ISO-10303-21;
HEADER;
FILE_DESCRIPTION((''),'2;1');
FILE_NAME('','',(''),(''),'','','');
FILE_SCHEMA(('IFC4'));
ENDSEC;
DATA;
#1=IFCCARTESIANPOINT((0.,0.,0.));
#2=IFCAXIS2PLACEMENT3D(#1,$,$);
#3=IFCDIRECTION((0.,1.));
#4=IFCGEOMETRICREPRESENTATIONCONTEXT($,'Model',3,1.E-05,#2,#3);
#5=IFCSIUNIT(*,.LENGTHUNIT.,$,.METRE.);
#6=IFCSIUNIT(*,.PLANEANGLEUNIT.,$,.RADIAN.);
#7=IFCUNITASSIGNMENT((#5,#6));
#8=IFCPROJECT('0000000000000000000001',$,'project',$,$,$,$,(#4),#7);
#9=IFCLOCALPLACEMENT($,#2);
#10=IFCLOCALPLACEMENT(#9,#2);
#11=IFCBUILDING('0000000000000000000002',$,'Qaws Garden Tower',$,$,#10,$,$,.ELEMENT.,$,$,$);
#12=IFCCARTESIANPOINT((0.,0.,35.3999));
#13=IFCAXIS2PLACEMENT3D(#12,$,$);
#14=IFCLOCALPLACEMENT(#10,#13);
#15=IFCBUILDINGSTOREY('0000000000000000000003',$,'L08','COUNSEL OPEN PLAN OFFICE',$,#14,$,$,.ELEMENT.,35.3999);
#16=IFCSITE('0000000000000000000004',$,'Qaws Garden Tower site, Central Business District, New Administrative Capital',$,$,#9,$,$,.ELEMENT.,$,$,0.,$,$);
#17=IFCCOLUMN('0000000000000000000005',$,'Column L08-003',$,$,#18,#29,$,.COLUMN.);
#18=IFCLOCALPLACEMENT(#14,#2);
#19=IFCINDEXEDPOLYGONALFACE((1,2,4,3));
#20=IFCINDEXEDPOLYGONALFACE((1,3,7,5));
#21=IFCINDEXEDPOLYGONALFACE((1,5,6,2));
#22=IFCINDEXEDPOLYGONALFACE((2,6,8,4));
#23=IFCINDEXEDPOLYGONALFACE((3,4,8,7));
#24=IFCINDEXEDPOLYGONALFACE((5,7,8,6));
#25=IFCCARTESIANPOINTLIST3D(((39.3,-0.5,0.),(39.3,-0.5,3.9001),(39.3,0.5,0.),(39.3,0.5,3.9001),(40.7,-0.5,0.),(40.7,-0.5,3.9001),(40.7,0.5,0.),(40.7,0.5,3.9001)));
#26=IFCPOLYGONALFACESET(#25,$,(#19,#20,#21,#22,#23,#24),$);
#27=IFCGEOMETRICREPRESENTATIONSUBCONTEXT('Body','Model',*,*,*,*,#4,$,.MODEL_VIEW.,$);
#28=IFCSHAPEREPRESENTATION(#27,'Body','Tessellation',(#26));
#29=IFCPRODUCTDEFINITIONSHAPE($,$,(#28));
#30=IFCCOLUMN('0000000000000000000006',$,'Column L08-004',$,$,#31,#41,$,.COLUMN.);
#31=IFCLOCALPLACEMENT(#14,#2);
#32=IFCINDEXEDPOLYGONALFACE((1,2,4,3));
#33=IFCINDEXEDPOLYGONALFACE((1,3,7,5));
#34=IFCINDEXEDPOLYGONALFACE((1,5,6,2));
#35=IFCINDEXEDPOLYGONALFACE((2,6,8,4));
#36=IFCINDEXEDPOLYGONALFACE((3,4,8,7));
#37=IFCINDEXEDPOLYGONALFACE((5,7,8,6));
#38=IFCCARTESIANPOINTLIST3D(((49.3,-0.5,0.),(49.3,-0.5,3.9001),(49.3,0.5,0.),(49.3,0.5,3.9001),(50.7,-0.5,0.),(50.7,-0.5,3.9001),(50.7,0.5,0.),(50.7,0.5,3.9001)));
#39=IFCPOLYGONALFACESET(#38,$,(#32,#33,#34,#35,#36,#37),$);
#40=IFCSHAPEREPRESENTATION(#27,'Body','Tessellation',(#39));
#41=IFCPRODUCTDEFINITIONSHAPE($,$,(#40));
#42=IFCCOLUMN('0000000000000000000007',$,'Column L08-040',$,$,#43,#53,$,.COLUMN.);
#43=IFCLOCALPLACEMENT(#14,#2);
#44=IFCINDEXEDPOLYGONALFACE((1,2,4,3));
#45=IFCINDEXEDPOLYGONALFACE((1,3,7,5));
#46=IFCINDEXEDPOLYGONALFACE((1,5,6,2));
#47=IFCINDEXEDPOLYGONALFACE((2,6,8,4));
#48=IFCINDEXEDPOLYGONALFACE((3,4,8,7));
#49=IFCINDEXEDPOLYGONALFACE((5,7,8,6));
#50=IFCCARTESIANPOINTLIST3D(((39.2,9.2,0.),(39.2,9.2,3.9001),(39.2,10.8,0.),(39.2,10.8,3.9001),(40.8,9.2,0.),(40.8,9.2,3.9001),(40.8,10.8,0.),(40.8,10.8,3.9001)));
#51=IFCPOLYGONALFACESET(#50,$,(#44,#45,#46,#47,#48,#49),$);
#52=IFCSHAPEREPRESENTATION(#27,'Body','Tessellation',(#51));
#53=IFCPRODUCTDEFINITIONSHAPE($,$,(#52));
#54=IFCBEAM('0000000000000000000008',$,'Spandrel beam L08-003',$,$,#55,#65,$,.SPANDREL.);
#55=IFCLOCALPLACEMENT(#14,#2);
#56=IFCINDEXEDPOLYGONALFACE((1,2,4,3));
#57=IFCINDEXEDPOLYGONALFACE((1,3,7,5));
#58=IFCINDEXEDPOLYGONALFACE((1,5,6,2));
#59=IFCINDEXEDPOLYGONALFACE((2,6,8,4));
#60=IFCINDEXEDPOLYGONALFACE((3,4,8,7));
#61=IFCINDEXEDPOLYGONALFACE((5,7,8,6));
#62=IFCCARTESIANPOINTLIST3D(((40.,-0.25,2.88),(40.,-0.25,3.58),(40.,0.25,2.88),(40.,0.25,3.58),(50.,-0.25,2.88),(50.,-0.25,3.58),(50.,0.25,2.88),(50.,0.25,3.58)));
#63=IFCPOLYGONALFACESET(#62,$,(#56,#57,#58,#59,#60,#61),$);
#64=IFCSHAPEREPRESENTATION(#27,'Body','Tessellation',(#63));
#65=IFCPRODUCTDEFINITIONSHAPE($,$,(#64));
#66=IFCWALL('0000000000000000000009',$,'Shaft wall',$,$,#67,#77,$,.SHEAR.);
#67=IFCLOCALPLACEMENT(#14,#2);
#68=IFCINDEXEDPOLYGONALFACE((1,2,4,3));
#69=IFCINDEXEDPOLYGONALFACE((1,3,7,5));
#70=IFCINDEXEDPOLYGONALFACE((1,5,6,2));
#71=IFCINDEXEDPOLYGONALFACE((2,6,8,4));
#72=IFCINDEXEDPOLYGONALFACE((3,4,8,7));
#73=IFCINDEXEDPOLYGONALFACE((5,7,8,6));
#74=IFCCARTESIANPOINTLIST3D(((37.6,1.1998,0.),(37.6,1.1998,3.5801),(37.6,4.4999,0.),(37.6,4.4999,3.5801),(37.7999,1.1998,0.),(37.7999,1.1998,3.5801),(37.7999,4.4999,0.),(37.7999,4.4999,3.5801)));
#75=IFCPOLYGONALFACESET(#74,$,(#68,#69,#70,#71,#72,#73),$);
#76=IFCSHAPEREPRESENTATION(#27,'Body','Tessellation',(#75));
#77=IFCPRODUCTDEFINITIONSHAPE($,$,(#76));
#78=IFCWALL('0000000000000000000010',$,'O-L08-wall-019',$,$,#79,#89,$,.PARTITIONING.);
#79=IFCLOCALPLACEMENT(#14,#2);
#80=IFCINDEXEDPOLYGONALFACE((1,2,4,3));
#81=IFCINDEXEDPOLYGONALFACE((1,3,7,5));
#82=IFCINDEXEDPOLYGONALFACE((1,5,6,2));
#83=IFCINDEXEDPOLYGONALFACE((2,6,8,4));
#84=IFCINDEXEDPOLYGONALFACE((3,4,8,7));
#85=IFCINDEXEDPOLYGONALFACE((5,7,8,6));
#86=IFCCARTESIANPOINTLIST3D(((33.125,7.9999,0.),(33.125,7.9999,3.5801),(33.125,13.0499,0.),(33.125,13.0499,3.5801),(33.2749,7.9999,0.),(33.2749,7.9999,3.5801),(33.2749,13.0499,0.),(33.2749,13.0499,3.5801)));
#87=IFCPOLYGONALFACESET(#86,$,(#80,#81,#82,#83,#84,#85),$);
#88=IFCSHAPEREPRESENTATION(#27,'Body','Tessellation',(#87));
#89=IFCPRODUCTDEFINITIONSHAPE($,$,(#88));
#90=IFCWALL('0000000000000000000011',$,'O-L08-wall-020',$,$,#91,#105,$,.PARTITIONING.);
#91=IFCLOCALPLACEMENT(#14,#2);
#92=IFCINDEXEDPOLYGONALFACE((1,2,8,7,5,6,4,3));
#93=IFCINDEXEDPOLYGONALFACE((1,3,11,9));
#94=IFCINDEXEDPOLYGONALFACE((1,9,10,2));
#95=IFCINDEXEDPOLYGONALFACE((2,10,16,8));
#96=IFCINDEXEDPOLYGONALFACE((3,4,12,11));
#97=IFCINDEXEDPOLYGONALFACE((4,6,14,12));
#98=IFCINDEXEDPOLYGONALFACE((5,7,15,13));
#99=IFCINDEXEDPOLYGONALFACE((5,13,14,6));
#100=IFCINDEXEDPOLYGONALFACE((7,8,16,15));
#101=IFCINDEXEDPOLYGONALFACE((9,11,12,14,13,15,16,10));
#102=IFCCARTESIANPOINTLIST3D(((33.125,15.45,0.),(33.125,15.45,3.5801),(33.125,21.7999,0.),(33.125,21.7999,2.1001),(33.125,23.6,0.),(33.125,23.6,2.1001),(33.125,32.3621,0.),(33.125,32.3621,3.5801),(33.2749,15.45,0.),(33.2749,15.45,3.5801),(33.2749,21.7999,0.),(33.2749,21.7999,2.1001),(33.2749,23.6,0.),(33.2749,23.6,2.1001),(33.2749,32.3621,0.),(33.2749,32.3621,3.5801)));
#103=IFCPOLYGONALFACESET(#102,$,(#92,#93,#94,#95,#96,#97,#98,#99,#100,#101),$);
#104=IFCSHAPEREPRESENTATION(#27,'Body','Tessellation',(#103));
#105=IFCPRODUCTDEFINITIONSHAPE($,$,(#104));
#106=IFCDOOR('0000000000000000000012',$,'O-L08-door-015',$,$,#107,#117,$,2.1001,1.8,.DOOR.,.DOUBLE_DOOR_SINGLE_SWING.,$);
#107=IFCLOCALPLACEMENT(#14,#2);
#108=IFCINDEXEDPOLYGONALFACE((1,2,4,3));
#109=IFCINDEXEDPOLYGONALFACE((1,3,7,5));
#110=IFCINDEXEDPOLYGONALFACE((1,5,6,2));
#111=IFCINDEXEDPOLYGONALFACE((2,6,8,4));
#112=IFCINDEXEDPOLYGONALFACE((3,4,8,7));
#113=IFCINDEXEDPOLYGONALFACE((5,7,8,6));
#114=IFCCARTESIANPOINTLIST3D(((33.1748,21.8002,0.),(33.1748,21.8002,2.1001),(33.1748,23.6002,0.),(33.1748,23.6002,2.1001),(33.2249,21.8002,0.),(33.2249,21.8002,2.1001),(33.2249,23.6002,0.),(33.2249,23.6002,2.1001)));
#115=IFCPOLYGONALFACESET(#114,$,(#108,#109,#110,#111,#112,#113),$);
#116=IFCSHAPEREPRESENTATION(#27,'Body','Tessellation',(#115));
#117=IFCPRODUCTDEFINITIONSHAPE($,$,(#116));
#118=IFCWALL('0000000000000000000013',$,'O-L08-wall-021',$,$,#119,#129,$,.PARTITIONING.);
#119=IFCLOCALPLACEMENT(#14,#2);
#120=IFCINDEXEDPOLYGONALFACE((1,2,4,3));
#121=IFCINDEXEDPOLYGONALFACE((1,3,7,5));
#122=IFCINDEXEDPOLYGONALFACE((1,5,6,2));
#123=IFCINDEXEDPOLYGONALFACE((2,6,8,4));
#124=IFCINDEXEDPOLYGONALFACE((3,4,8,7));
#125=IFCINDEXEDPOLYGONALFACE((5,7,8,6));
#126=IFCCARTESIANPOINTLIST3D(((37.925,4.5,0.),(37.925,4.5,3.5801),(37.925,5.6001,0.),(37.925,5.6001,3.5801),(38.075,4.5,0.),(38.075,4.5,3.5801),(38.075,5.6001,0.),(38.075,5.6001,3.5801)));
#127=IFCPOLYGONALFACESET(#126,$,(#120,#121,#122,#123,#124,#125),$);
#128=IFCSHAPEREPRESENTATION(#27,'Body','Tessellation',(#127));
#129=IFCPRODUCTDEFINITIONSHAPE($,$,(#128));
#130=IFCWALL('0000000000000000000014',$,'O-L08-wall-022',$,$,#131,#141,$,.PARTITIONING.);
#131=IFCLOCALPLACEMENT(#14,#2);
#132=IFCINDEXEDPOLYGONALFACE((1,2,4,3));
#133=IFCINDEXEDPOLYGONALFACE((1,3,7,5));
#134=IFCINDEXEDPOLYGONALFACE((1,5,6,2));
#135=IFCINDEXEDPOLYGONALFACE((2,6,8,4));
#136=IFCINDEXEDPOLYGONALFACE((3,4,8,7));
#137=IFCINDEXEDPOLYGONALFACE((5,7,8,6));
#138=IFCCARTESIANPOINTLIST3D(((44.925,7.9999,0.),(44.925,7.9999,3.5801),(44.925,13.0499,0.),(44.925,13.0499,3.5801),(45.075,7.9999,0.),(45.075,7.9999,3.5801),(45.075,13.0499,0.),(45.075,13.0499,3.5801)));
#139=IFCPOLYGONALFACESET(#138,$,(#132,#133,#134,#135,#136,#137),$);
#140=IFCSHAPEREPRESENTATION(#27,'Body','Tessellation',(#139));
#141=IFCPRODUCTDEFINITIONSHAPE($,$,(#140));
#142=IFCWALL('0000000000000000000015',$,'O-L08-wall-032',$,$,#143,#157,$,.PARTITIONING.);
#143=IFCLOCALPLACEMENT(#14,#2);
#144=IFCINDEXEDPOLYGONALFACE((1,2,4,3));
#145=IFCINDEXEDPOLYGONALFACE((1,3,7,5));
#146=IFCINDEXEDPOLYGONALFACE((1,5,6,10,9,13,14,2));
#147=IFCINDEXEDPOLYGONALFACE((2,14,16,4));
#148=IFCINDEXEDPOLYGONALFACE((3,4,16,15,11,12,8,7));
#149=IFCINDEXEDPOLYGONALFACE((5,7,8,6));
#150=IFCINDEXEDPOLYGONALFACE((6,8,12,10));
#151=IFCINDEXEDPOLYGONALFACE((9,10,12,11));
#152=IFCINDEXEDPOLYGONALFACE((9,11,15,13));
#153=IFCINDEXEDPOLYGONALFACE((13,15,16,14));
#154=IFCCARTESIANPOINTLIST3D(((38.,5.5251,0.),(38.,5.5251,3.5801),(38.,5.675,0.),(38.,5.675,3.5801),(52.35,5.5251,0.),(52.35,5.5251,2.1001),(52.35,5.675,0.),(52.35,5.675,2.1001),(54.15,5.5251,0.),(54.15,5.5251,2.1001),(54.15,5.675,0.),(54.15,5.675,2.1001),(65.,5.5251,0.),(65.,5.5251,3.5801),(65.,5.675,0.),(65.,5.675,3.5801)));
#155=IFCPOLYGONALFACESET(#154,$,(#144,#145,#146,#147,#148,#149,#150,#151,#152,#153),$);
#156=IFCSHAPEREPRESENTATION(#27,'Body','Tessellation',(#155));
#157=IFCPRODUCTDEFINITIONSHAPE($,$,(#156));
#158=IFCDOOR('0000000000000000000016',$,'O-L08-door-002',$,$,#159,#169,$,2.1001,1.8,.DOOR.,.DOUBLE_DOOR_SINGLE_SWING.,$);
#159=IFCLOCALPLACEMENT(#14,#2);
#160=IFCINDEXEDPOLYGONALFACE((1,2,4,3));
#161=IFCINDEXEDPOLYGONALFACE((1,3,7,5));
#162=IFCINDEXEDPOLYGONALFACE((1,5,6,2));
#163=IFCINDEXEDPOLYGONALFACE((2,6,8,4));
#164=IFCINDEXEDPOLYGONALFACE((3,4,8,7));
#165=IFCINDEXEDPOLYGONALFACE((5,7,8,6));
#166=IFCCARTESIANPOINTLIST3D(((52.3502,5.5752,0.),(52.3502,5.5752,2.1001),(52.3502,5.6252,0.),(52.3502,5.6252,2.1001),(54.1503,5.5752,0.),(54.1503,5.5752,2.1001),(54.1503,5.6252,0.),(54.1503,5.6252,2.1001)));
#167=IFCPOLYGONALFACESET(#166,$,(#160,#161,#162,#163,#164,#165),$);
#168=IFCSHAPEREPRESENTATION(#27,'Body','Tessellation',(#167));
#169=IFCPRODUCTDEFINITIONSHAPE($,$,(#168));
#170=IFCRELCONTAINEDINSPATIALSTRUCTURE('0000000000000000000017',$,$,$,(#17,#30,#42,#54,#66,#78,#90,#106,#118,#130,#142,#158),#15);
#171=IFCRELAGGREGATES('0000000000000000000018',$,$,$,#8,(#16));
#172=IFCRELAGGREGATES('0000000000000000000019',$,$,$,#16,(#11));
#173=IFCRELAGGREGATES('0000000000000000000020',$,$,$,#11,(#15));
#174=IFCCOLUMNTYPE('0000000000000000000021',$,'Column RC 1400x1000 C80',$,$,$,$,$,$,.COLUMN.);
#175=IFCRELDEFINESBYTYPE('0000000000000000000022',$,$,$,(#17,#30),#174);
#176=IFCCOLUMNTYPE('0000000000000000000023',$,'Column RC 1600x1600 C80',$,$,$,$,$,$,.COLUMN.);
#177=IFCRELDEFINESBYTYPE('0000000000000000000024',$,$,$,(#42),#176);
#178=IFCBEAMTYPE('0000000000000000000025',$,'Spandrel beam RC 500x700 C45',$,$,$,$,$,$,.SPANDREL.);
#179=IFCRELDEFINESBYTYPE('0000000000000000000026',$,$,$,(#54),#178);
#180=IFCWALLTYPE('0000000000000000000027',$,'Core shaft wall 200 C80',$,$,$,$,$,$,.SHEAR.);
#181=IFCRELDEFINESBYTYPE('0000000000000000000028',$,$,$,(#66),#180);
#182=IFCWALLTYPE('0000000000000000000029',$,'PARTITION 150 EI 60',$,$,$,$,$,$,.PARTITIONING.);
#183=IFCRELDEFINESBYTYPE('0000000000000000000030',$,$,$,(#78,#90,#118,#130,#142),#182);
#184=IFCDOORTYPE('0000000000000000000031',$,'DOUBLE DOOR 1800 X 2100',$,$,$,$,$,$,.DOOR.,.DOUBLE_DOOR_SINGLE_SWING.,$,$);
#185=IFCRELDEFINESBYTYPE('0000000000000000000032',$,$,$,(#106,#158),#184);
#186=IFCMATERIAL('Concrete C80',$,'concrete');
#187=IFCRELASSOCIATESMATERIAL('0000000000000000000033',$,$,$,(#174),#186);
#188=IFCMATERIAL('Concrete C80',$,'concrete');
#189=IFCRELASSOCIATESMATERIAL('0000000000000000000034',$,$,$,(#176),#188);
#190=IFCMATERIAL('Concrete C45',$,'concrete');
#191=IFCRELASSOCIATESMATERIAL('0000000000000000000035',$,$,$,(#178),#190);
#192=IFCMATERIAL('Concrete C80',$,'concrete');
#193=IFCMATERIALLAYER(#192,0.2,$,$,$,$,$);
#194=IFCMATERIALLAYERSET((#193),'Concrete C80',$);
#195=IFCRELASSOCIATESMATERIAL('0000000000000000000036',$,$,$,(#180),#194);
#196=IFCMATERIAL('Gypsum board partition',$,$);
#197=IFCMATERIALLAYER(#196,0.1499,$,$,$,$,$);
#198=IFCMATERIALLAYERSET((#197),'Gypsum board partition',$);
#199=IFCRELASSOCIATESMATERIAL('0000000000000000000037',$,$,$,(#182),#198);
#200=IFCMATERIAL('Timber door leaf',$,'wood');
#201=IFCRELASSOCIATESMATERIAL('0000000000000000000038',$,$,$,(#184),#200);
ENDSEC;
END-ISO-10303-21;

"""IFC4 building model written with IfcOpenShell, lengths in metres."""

from ifc_helpers import new_model, si_unit, direction, frame, frame_2d, origin, origin_2d, place, context, subcontext, project, spatial, rectangle, extrude, material, layer, layer_set, material_profile, profile_set, type_object, element, fill, save


model = new_model("IFC4")

# Units and contexts
model_context = context("Model", 3, precision=1e-05, world=origin(), true_north=direction((0.0, 1.0)))
body_context = subcontext(model_context, "Body", "Model", "MODEL_VIEW")
ifc_project = project(units=[si_unit("LENGTHUNIT", "METRE"), si_unit("PLANEANGLEUNIT", "RADIAN")], contexts=[model_context])

# Site, building, storey
site_placement = place(None, origin())
site = spatial("IfcSite", under=ifc_project, at=site_placement, Name="Qaws Garden Tower site, Central Business District, New Administrative Capital", CompositionType="ELEMENT", RefElevation=0.0)
building_placement = place(site_placement, origin())
building = spatial("IfcBuilding", under=site, at=building_placement, Name="Qaws Garden Tower", CompositionType="ELEMENT")
storey_placement = place(building_placement, frame((0.0, 0.0, 35.3999)))
storey = spatial("IfcBuildingStorey", under=building, at=storey_placement, Name="L08", Description="COUNSEL OPEN PLAN OFFICE", CompositionType="ELEMENT", Elevation=35.3999)

# Columns
ifc_material_1 = material(Name="Concrete C80", Category="concrete")
ifc_material_profile_1 = material_profile(ifc_material_1, rectangle(XDim=1.3999, YDim=1.0, at=origin_2d()), Name="RC 1400x1000")
ifc_profile_set_1 = profile_set([ifc_material_profile_1], Name="Concrete C80")
column_type_1 = type_object("IfcColumnType", Name="Column RC 1400x1000 C80", PredefinedType="COLUMN", material=ifc_profile_set_1)
for number, where, z_axis, x_axis, name in (
    (1, (40.0, 0.0, 0.0), (0.0, 0.0, 1.0), (1.0, 0.0, 0.0), "Column L08-003"),
    (2, (50.0, 0.0, 0.0), (0.0, 0.0, 1.0), (1.0, 0.0, 0.0), "Column L08-004"),
):
    element("IfcColumn", number, at=place(storey_placement, frame(where, z_axis=z_axis, x_axis=x_axis)), inside=storey, type_object=column_type_1, Name=name, PredefinedType="COLUMN", context=body_context, shape_type="SweptSolid", body=[
        extrude(rectangle(XDim=1.3999, YDim=1.0, at=origin_2d()), origin(), (0.0, 0.0, 1.0), 3.9001),
    ])
ifc_material_2 = material(Name="Concrete C80", Category="concrete")
ifc_material_profile_2 = material_profile(ifc_material_2, rectangle(XDim=1.6001, YDim=1.6001, at=origin_2d()), Name="RC 1600x1600")
ifc_profile_set_2 = profile_set([ifc_material_profile_2], Name="Concrete C80")
column_type_2 = type_object("IfcColumnType", Name="Column RC 1600x1600 C80", PredefinedType="COLUMN", material=ifc_profile_set_2)
column_placement = place(storey_placement, frame((40.0, 10.0, 0.0), z_axis=(0.0, 0.0, 1.0), x_axis=(1.0, 0.0, 0.0)))
element("IfcColumn", 3, at=column_placement, inside=storey, type_object=column_type_2, Name="Column L08-040", PredefinedType="COLUMN", context=body_context, shape_type="SweptSolid", body=[
    extrude(rectangle(XDim=1.6001, YDim=1.6001, at=origin_2d()), origin(), (0.0, 0.0, 1.0), 3.9001),
])

# Beam
ifc_material_3 = material(Name="Concrete C45", Category="concrete")
ifc_material_profile_3 = material_profile(ifc_material_3, rectangle(XDim=0.5, YDim=0.7, at=origin_2d()), Name="RC 500x700")
ifc_profile_set_3 = profile_set([ifc_material_profile_3], Name="Concrete C45")
beam_type = type_object("IfcBeamType", Name="Spandrel beam RC 500x700 C45", PredefinedType="SPANDREL", material=ifc_profile_set_3)
beam_placement = place(storey_placement, frame((40.0, 0.0, 3.23), z_axis=(1.0, 0.0, 0.0), x_axis=(0.0, 1.0, 0.0)))
element("IfcBeam", 4, at=beam_placement, inside=storey, type_object=beam_type, Name="Spandrel beam L08-003", PredefinedType="SPANDREL", context=body_context, shape_type="SweptSolid", body=[
    extrude(rectangle(XDim=0.5, YDim=0.7, at=origin_2d()), origin(), (0.0, 0.0, 1.0), 10.0),
])

# Walls
ifc_material_4 = material(Name="Concrete C80", Category="concrete")
ifc_layer_1 = layer(ifc_material_4, 0.2)
ifc_layer_set_1 = layer_set([ifc_layer_1], Name="Concrete C80")
wall_type_1 = type_object("IfcWallType", Name="Core shaft wall 200 C80", PredefinedType="SHEAR", material=ifc_layer_set_1)
wall_1_placement = place(storey_placement, frame((37.7, 1.2, 0.0), z_axis=(0.0, 0.0, 1.0), x_axis=(0.0, 1.0, 0.0)))
element("IfcWall", 5, at=wall_1_placement, inside=storey, type_object=wall_type_1, Name="Shaft wall", PredefinedType="SHEAR", context=body_context, shape_type="SweptSolid", body=[
    extrude(rectangle(XDim=3.3, YDim=0.2, at=frame_2d((1.6499, 0.0))), origin(), (0.0, 0.0, 1.0), 3.5801),
])
ifc_material_5 = material(Name="Gypsum board partition")
ifc_layer_2 = layer(ifc_material_5, 0.1499)
ifc_layer_set_2 = layer_set([ifc_layer_2], Name="Gypsum board partition")
wall_type_2 = type_object("IfcWallType", Name="PARTITION 150 EI 60", PredefinedType="PARTITIONING", material=ifc_layer_set_2)
wall_2_placement = place(storey_placement, frame((33.2, 8.0, 0.0), z_axis=(0.0, 0.0, 1.0), x_axis=(0.0, 1.0, 0.0)))
element("IfcWall", 6, at=wall_2_placement, inside=storey, type_object=wall_type_2, Name="O-L08-wall-019", PredefinedType="PARTITIONING", context=body_context, shape_type="SweptSolid", body=[
    extrude(rectangle(XDim=5.05, YDim=0.1499, at=frame_2d((2.5249, 0.0))), origin(), (0.0, 0.0, 1.0), 3.5801),
])

# Wall, opening, door
wall_3_placement = place(storey_placement, frame((33.2, 15.45, 0.0), z_axis=(0.0, 0.0, 1.0), x_axis=(0.0, 1.0, 0.0)))
wall_3 = element("IfcWall", 7, at=wall_3_placement, inside=storey, type_object=wall_type_2, Name="O-L08-wall-020", PredefinedType="PARTITIONING", context=body_context, shape_type="SweptSolid", body=[
    extrude(rectangle(XDim=16.9121, YDim=0.1499, at=frame_2d((8.4561, 0.0))), origin(), (0.0, 0.0, 1.0), 3.5801),
])
opening_1_placement = place(wall_3_placement, frame((6.3501, 0.0, 0.0)))
opening_1 = element("IfcOpeningElement", 8, at=opening_1_placement, cuts=wall_3, PredefinedType="OPENING", context=body_context, shape_type="SweptSolid", body=[
    extrude(rectangle(XDim=1.8, YDim=2.1001, at=frame_2d((0.8999, 1.05))), frame((0.0, 0.085, 0.0), z_axis=(0.0, -1.0, 0.0), x_axis=(1.0, 0.0, 0.0)), (0.0, 0.0, 1.0), 0.1699),
])
ifc_material_6 = material(Name="Timber door leaf", Category="wood")
door_type_1 = type_object("IfcDoorType", Name="DOUBLE DOOR 1800 X 2100", OperationType="DOUBLE_DOOR_SINGLE_SWING", PredefinedType="DOOR", material=ifc_material_6)
door_1_placement = place(opening_1_placement, frame((1.8, 0.0, 0.0), z_axis=(0.0, 0.0, 1.0), x_axis=(-1.0, 0.0, 0.0)))
door_1 = element("IfcDoor", 9, at=door_1_placement, inside=storey, type_object=door_type_1, Name="O-L08-door-015", OperationType="DOUBLE_DOOR_SINGLE_SWING", OverallHeight=2.1001, OverallWidth=1.8, PredefinedType="DOOR", context=body_context, shape_type="SweptSolid", body=[
    extrude(rectangle(XDim=1.8, YDim=2.1001, at=frame_2d((0.8999, 1.05))), frame((0.0, 0.0249, 0.0), z_axis=(0.0, -1.0, 0.0), x_axis=(1.0, 0.0, 0.0)), (0.0, 0.0, 1.0), 0.05),
])
fill(opening_1, door_1)

# Walls
wall_4_placement = place(storey_placement, frame((38.0, 4.5, 0.0), z_axis=(0.0, 0.0, 1.0), x_axis=(0.0, 1.0, 0.0)))
element("IfcWall", 10, at=wall_4_placement, inside=storey, type_object=wall_type_2, Name="O-L08-wall-021", PredefinedType="PARTITIONING", context=body_context, shape_type="SweptSolid", body=[
    extrude(rectangle(XDim=1.1001, YDim=0.1499, at=frame_2d((0.55, 0.0))), origin(), (0.0, 0.0, 1.0), 3.5801),
])
wall_5_placement = place(storey_placement, frame((45.0, 8.0, 0.0), z_axis=(0.0, 0.0, 1.0), x_axis=(0.0, 1.0, 0.0)))
element("IfcWall", 11, at=wall_5_placement, inside=storey, type_object=wall_type_2, Name="O-L08-wall-022", PredefinedType="PARTITIONING", context=body_context, shape_type="SweptSolid", body=[
    extrude(rectangle(XDim=5.05, YDim=0.1499, at=frame_2d((2.5249, 0.0))), origin(), (0.0, 0.0, 1.0), 3.5801),
])

# Wall, opening, door
wall_6_placement = place(storey_placement, frame((38.0, 5.6001, 0.0), z_axis=(0.0, 0.0, 1.0), x_axis=(1.0, 0.0, 0.0)))
wall_6 = element("IfcWall", 12, at=wall_6_placement, inside=storey, type_object=wall_type_2, Name="O-L08-wall-032", PredefinedType="PARTITIONING", context=body_context, shape_type="SweptSolid", body=[
    extrude(rectangle(XDim=27.0, YDim=0.1499, at=frame_2d((13.5, 0.0))), origin(), (0.0, 0.0, 1.0), 3.5801),
])
opening_2_placement = place(wall_6_placement, frame((14.3501, 0.0, 0.0)))
opening_2 = element("IfcOpeningElement", 13, at=opening_2_placement, cuts=wall_6, PredefinedType="OPENING", context=body_context, shape_type="SweptSolid", body=[
    extrude(rectangle(XDim=1.8, YDim=2.1001, at=frame_2d((0.8999, 1.05))), frame((0.0, 0.085, 0.0), z_axis=(0.0, -1.0, 0.0), x_axis=(1.0, 0.0, 0.0)), (0.0, 0.0, 1.0), 0.1699),
])
door_2_placement = place(opening_2_placement, frame((1.8, 0.0, 0.0), z_axis=(0.0, 0.0, 1.0), x_axis=(-1.0, 0.0, 0.0)))
door_2 = element("IfcDoor", 14, at=door_2_placement, inside=storey, type_object=door_type_1, Name="O-L08-door-002", OperationType="DOUBLE_DOOR_SINGLE_SWING", OverallHeight=2.1001, OverallWidth=1.8, PredefinedType="DOOR", context=body_context, shape_type="SweptSolid", body=[
    extrude(rectangle(XDim=1.8, YDim=2.1001, at=frame_2d((0.8999, 1.05))), frame((0.0, 0.0249, 0.0), z_axis=(0.0, -1.0, 0.0), x_axis=(1.0, 0.0, 0.0)), (0.0, 0.0, 1.0), 0.05),
])
fill(opening_2, door_2)

save(model, "model.ifc")
